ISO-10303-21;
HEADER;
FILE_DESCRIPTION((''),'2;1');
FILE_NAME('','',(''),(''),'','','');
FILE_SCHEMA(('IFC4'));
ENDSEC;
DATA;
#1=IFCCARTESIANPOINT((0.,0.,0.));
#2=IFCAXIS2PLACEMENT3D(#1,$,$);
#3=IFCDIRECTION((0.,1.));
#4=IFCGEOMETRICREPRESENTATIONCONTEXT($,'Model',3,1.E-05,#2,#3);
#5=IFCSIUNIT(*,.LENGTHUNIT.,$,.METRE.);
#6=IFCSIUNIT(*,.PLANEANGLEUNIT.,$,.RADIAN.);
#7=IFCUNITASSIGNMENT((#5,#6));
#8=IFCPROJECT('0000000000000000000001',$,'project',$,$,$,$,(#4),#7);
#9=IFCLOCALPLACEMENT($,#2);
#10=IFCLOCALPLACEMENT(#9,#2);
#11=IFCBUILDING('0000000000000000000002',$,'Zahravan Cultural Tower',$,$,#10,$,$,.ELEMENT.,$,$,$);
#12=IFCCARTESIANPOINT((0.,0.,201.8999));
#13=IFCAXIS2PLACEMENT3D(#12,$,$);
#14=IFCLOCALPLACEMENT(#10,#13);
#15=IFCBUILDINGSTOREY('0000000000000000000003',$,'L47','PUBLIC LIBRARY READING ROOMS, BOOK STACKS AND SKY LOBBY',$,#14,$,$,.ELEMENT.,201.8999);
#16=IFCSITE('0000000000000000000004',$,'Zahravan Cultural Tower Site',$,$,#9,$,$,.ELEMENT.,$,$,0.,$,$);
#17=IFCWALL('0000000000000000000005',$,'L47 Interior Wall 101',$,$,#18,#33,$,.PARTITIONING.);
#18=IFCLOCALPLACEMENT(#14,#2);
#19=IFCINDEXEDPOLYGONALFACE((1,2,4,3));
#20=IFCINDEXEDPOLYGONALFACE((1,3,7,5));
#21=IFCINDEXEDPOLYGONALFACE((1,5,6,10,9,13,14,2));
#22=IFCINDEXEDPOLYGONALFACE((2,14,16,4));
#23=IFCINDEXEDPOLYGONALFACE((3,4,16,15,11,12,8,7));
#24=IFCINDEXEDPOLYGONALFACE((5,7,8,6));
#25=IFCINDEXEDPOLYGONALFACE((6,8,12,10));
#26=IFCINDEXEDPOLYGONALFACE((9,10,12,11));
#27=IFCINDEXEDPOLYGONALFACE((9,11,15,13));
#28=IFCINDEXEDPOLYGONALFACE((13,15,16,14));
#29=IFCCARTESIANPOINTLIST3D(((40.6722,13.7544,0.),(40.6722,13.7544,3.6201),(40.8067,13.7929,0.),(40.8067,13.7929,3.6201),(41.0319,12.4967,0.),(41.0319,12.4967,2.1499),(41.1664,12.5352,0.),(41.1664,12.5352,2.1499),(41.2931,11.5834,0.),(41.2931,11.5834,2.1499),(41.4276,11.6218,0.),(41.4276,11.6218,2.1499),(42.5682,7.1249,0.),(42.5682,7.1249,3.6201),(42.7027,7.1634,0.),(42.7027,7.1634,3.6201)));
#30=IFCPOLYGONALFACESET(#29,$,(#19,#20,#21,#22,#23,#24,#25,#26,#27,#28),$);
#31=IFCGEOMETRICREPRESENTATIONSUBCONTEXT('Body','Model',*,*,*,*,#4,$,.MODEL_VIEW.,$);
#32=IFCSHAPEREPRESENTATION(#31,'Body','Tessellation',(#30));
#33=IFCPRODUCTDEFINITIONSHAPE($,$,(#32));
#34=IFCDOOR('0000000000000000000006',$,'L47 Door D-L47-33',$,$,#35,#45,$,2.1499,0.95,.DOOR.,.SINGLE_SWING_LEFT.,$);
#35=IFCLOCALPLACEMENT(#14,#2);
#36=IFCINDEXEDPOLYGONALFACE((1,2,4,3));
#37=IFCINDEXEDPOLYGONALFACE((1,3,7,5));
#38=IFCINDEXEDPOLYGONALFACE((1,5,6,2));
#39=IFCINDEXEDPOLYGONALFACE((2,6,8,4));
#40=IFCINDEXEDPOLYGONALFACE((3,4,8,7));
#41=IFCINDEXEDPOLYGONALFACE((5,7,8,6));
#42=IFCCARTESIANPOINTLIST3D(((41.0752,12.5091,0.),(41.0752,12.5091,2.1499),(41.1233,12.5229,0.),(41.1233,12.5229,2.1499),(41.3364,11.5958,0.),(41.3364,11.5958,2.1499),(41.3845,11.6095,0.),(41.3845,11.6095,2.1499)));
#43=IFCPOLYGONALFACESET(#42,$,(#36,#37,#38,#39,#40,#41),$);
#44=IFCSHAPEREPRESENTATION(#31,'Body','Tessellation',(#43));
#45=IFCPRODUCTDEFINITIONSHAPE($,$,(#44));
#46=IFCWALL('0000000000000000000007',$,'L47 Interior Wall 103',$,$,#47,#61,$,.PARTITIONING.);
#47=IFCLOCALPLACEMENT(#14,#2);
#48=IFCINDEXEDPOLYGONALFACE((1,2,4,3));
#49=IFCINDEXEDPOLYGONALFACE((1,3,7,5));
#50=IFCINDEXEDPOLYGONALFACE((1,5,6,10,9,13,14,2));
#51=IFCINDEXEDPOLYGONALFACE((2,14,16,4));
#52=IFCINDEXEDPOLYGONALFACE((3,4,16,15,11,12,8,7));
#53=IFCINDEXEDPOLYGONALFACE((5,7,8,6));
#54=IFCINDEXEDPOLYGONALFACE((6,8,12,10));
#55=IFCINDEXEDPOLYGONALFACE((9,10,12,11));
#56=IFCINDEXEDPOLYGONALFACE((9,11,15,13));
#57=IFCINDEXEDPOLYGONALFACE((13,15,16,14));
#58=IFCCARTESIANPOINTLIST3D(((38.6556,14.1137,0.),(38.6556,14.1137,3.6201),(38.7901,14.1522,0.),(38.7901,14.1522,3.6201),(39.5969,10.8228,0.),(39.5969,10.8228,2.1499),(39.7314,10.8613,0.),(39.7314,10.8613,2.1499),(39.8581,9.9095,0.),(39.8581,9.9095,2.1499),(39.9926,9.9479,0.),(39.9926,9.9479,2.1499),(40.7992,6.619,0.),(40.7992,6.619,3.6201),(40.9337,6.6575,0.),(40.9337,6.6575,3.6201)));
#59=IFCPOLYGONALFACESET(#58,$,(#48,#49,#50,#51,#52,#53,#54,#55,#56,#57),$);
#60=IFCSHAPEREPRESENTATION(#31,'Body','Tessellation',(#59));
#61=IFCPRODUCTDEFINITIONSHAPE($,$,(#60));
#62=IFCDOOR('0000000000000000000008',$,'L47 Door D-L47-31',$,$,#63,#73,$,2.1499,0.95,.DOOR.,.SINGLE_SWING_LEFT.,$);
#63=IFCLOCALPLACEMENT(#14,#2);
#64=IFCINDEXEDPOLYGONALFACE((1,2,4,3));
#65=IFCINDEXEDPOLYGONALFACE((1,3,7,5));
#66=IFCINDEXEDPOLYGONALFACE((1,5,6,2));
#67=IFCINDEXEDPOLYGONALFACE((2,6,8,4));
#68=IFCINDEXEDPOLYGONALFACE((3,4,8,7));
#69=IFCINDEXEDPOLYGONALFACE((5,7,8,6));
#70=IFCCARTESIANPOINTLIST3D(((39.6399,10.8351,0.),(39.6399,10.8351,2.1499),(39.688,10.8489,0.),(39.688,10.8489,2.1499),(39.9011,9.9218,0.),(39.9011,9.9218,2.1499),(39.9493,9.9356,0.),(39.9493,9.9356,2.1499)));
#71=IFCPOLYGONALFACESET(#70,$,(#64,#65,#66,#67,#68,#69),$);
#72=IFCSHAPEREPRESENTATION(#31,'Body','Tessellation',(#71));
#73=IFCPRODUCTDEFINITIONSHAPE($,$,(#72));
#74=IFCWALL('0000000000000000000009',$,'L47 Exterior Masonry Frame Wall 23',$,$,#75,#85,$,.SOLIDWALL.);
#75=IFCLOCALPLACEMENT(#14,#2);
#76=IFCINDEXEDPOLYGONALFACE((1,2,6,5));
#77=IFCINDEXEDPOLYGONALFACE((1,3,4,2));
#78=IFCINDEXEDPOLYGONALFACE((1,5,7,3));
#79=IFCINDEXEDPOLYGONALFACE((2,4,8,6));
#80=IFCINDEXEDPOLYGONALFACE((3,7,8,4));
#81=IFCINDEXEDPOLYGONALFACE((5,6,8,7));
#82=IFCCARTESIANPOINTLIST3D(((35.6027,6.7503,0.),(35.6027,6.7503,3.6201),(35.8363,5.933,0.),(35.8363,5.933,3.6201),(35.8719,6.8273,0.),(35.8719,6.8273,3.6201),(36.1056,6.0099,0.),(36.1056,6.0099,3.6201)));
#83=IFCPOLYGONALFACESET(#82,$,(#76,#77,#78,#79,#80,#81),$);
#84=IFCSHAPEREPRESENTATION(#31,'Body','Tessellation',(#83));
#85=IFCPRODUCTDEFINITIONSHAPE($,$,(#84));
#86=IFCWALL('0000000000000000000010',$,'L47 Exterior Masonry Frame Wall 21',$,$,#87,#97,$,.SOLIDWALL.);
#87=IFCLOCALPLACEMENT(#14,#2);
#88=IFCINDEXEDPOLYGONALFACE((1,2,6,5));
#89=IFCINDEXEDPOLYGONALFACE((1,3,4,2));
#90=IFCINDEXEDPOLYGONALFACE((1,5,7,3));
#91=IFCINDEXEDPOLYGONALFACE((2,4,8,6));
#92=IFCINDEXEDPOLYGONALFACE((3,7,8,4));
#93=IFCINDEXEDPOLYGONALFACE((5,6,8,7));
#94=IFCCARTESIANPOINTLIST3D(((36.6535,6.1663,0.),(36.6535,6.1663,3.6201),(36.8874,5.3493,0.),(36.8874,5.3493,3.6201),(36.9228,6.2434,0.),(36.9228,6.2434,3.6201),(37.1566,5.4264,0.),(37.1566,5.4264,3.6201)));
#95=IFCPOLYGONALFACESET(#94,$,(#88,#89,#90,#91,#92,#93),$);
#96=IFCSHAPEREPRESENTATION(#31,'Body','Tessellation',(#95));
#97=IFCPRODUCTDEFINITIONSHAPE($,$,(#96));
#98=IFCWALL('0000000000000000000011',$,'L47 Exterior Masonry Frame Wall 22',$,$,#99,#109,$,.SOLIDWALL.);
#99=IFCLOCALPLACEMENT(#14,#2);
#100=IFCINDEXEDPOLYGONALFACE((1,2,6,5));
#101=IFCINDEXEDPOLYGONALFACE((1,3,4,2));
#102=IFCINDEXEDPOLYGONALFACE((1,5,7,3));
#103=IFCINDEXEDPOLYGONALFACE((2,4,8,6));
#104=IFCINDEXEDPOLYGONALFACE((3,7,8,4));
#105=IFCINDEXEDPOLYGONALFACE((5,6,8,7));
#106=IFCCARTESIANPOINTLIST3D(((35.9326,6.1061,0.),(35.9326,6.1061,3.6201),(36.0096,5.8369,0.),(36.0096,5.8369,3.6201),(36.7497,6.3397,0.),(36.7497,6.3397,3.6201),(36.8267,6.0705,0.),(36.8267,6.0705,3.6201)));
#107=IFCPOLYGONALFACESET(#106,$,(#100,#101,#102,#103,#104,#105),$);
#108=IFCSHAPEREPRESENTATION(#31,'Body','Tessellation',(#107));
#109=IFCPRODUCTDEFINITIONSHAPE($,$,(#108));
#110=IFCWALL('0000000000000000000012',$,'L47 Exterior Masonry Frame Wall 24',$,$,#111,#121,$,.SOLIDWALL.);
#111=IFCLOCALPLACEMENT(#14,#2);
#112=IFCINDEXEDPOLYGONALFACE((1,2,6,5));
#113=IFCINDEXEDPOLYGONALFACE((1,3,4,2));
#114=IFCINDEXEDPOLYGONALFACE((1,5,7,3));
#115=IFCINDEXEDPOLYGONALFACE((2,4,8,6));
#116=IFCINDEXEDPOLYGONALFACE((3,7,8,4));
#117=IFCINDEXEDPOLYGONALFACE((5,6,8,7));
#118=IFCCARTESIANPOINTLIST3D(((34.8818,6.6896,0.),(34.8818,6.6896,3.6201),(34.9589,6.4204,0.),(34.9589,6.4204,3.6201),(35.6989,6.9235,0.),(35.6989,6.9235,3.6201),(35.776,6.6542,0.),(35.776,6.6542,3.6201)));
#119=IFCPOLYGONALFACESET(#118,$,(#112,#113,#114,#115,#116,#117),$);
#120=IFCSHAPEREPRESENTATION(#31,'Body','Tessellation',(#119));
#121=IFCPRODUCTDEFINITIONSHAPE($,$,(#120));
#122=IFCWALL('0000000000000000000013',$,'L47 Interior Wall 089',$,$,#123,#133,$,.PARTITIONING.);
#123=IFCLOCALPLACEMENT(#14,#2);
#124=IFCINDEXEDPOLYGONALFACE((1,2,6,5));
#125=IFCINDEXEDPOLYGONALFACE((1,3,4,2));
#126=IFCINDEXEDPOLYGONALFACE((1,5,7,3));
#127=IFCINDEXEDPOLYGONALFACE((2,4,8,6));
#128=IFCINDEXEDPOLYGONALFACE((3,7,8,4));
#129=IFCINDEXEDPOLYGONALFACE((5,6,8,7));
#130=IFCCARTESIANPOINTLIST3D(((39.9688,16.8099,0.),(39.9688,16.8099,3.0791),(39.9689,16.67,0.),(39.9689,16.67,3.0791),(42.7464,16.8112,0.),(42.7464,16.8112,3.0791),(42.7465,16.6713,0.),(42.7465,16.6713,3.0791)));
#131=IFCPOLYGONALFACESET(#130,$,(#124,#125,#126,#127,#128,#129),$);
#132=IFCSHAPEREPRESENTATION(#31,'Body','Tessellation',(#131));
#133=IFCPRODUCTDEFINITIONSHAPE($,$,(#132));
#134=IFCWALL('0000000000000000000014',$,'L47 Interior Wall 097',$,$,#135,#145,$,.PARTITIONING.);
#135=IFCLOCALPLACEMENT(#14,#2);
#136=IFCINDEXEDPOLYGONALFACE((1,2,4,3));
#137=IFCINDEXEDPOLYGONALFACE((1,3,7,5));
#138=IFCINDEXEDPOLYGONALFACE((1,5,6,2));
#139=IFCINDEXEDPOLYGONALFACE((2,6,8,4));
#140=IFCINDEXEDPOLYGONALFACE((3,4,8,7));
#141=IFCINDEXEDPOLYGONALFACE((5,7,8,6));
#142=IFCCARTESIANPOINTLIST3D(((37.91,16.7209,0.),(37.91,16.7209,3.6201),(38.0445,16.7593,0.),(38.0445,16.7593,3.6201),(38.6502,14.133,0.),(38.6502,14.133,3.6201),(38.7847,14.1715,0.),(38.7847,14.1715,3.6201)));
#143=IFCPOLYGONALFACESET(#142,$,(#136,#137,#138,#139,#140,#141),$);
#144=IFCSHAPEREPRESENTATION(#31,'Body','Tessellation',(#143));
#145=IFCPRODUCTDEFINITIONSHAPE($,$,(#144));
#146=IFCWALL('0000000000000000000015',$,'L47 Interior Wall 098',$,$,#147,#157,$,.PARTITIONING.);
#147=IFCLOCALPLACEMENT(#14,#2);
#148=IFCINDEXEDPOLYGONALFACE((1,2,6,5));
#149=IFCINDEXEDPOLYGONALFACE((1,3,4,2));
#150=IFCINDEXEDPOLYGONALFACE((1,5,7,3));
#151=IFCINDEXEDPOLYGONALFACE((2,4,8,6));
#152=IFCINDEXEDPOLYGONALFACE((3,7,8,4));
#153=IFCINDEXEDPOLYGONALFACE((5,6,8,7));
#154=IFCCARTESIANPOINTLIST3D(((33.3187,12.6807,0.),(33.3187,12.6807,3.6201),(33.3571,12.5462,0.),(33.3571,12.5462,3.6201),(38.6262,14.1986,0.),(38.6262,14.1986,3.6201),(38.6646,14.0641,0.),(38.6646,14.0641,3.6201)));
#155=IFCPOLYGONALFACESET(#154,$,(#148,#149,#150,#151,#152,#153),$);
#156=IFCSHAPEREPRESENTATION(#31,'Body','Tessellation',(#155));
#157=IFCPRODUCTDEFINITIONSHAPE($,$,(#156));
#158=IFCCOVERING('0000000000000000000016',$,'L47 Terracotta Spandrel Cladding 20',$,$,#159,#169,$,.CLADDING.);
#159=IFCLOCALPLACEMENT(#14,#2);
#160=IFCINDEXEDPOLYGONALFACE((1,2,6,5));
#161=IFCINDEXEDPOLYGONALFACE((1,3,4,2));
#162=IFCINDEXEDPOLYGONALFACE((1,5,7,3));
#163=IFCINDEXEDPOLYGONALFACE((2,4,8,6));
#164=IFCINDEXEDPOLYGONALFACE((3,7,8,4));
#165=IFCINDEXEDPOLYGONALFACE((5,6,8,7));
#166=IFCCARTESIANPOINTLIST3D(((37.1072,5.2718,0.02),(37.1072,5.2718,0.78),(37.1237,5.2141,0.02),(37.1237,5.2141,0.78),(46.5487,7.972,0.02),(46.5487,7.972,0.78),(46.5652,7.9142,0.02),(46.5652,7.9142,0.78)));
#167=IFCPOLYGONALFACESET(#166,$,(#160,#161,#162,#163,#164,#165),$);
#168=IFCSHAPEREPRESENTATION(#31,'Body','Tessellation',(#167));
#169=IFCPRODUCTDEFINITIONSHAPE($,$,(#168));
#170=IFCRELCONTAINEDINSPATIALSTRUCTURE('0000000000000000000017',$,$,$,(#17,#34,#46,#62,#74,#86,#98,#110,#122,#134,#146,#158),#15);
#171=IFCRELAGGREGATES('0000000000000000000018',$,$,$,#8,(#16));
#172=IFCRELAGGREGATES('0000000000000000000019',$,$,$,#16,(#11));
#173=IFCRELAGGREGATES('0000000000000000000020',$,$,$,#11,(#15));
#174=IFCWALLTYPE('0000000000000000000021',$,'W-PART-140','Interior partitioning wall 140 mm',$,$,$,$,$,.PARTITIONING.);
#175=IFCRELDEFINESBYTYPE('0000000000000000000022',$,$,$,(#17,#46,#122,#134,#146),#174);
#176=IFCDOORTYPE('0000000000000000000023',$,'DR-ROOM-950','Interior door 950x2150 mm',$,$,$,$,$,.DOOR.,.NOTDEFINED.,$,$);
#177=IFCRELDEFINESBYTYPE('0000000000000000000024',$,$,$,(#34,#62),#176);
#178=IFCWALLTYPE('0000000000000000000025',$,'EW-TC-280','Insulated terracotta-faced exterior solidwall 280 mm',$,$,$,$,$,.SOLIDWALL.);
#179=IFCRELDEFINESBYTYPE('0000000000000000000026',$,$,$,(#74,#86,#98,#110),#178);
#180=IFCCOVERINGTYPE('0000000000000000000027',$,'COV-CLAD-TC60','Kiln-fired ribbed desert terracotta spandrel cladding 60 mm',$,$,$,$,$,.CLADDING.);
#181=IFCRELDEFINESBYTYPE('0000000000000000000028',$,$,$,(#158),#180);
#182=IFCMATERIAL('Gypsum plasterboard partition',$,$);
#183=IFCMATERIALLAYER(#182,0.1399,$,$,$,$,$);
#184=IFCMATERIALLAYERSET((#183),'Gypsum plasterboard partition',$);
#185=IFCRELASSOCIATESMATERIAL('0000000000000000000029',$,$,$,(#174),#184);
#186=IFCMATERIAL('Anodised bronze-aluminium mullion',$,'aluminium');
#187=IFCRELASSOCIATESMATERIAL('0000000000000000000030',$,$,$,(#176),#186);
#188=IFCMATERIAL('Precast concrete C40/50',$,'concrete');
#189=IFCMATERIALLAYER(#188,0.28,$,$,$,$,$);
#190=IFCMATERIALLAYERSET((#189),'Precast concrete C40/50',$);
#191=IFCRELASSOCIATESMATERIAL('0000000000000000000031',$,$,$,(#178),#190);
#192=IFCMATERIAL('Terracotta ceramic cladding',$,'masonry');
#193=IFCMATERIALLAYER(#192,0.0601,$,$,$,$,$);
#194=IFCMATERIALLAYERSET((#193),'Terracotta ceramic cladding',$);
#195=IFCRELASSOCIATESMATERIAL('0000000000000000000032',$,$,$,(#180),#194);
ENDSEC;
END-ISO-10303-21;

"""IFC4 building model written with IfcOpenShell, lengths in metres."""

from ifc_helpers import new_model, si_unit, direction, frame, frame_2d, origin, origin_2d, place, context, subcontext, project, spatial, rectangle, extrude, source, transform, mapped, material, layer, layer_set, type_object, element, fill, save


model = new_model("IFC4")

# Units and contexts
model_context = context("Model", 3, precision=1e-05, world=origin(), true_north=direction((0.0, 1.0)))
body_context = subcontext(model_context, "Body", "Model", "MODEL_VIEW")
ifc_project = project(units=[si_unit("LENGTHUNIT", "METRE"), si_unit("PLANEANGLEUNIT", "RADIAN")], contexts=[model_context])

# Site, building, storey
site_placement = place(None, origin())
site = spatial("IfcSite", under=ifc_project, at=site_placement, Name="Zahravan Cultural Tower Site", CompositionType="ELEMENT", RefElevation=0.0)
building_placement = place(site_placement, origin())
building = spatial("IfcBuilding", under=site, at=building_placement, Name="Zahravan Cultural Tower", CompositionType="ELEMENT")
storey_placement = place(building_placement, frame((0.0, 0.0, 201.8999)))
storey = spatial("IfcBuildingStorey", under=building, at=storey_placement, Name="L47", Description="PUBLIC LIBRARY READING ROOMS, BOOK STACKS AND SKY LOBBY", CompositionType="ELEMENT", Elevation=201.8999)

# Walls, openings, doors
ifc_material_1 = material(Name="Gypsum plasterboard partition")
ifc_layer_1 = layer(ifc_material_1, 0.1399)
ifc_layer_set_1 = layer_set([ifc_layer_1], Name="Gypsum plasterboard partition")
wall_type_1 = type_object("IfcWallType", Name="W-PART-140", Description="Interior partitioning wall 140 mm", PredefinedType="PARTITIONING", material=ifc_layer_set_1)
ifc_material_2 = material(Name="Anodised bronze-aluminium mullion", Category="aluminium")
door_type_1 = type_object("IfcDoorType", Name="DR-ROOM-950", Description="Interior door 950x2150 mm", OperationType="NOTDEFINED", PredefinedType="DOOR", material=ifc_material_2)
shared_shape_1 = source(origin(), body_context, "Body", "SweptSolid", [
    extrude(rectangle(XDim=0.95, YDim=2.1499, at=frame_2d((0.4751, 1.075))), frame((0.0, 0.0249, 0.0), z_axis=(0.0, -1.0, 0.0), x_axis=(1.0, 0.0, 0.0)), (0.0, 0.0, 1.0), 0.05),
])
wall_1_placement = place(storey_placement, frame((42.6355, 7.144, 0.0), z_axis=(0.0, 0.0, 1.0), x_axis=(-0.274974, 0.961452, 0.0)))
wall_1 = element("IfcWall", 1, at=wall_1_placement, inside=storey, type_object=wall_type_1, Name="L47 Interior Wall 101", PredefinedType="PARTITIONING", context=body_context, shape_type="SweptSolid", body=[
    extrude(rectangle(XDim=6.8953, YDim=0.1399, at=frame_2d((3.4478, 0.0))), origin(), (0.0, 0.0, 1.0), 3.6201),
])
opening_1_placement = place(wall_1_placement, frame((4.6372, 0.0, 0.0)))
opening_1 = element("IfcOpeningElement", 2, at=opening_1_placement, cuts=wall_1, PredefinedType="OPENING", context=body_context, shape_type="SweptSolid", body=[
    extrude(rectangle(XDim=0.95, YDim=2.1499, at=frame_2d((0.4751, 1.075))), frame((0.0, 0.0798, 0.0), z_axis=(0.0, -1.0, 0.0), x_axis=(1.0, 0.0, 0.0)), (0.0, 0.0, 1.0), 0.1599),
])
door_1_placement = place(opening_1_placement, origin())
door_1 = element("IfcDoor", 3, at=door_1_placement, inside=storey, type_object=door_type_1, Name="L47 Door D-L47-33", OperationType="SINGLE_SWING_LEFT", OverallHeight=2.1499, OverallWidth=0.95, PredefinedType="DOOR", context=body_context, shape_type="MappedRepresentation", body=[
    mapped(shared_shape_1, transform((0.0, 0.0, 0.0), x_axis=(1.0, 0.0, 0.0), y_axis=(0.0, 1.0, 0.0), z_axis=(0.0, 0.0, 1.0), scale=1.0)),
])
fill(opening_1, door_1)
wall_2_placement = place(storey_placement, frame((38.7229, 14.1328, 0.0), z_axis=(0.0, 0.0, 1.0), x_axis=(0.274986, -0.961448, 0.0)))
wall_2 = element("IfcWall", 4, at=wall_2_placement, inside=storey, type_object=wall_type_1, Name="L47 Interior Wall 103", PredefinedType="PARTITIONING", context=body_context, shape_type="SweptSolid", body=[
    extrude(rectangle(XDim=7.7952, YDim=0.1399, at=frame_2d((3.8975, 0.0))), origin(), (0.0, 0.0, 1.0), 3.6201),
])
opening_2_placement = place(wall_2_placement, frame((3.4226, 0.0, 0.0)))
opening_2 = element("IfcOpeningElement", 5, at=opening_2_placement, cuts=wall_2, PredefinedType="OPENING", context=body_context, shape_type="SweptSolid", body=[
    extrude(rectangle(XDim=0.95, YDim=2.1499, at=frame_2d((0.4751, 1.075))), frame((0.0, 0.0798, 0.0), z_axis=(0.0, -1.0, 0.0), x_axis=(1.0, 0.0, 0.0)), (0.0, 0.0, 1.0), 0.1599),
])
door_2_placement = place(opening_2_placement, origin())
door_2 = element("IfcDoor", 6, at=door_2_placement, inside=storey, type_object=door_type_1, Name="L47 Door D-L47-31", OperationType="SINGLE_SWING_LEFT", OverallHeight=2.1499, OverallWidth=0.95, PredefinedType="DOOR", context=body_context, shape_type="MappedRepresentation", body=[
    mapped(shared_shape_1, transform((0.0, 0.0, 0.0), x_axis=(1.0, 0.0, 0.0), y_axis=(0.0, 1.0, 0.0), z_axis=(0.0, 0.0, 1.0), scale=1.0)),
])
fill(opening_2, door_2)

# Walls
ifc_material_3 = material(Name="Precast concrete C40/50", Category="concrete")
ifc_layer_2 = layer(ifc_material_3, 0.28)
ifc_layer_set_2 = layer_set([ifc_layer_2], Name="Precast concrete C40/50")
wall_type_2 = type_object("IfcWallType", Name="EW-TC-280", Description="Insulated terracotta-faced exterior solidwall 280 mm", PredefinedType="SOLIDWALL", material=ifc_layer_set_2)
shared_shape_2 = source(origin(), body_context, "Body", "SweptSolid", [
    extrude(rectangle(XDim=0.8501, YDim=0.28, at=frame_2d((0.425, 0.0))), origin(), (0.0, 0.0, 1.0), 3.6201),
])
wall_3_placement = place(storey_placement, frame((35.9709, 5.9714, 0.0), z_axis=(0.0, 0.0, 1.0), x_axis=(-0.274835, 0.961491, 0.0)))
element("IfcWall", 7, at=wall_3_placement, inside=storey, type_object=wall_type_2, Name="L47 Exterior Masonry Frame Wall 23", PredefinedType="SOLIDWALL", context=body_context, shape_type="MappedRepresentation", body=[
    mapped(shared_shape_2, transform((0.0, 0.0, 0.0), x_axis=(1.0, 0.0, 0.0), y_axis=(0.0, 1.0, 0.0), z_axis=(0.0, 0.0, 1.0), scale=1.0)),
])
shared_shape_3 = source(origin(), body_context, "Body", "SweptSolid", [
    extrude(rectangle(XDim=0.8499, YDim=0.28, at=frame_2d((0.4248, 0.0))), origin(), (0.0, 0.0, 1.0), 3.6201),
])
for number, where, z_axis, x_axis, name in (
    (8, (37.022, 5.3879, 0.0), (0.0, 0.0, 1.0), (-0.275176, 0.961394, 0.0), "L47 Exterior Masonry Frame Wall 21"),
    (9, (36.7881, 6.2051, 0.0), (0.0, 0.0, 1.0), (-0.96147, -0.274911, 0.0), "L47 Exterior Masonry Frame Wall 22"),
    (10, (35.7373, 6.7888, 0.0), (0.0, 0.0, 1.0), (-0.961394, -0.275176, 0.0), "L47 Exterior Masonry Frame Wall 24"),
):
    element("IfcWall", number, at=place(storey_placement, frame(where, z_axis=z_axis, x_axis=x_axis)), inside=storey, type_object=wall_type_2, Name=name, PredefinedType="SOLIDWALL", context=body_context, shape_type="MappedRepresentation", body=[
        mapped(shared_shape_3, transform((0.0, 0.0, 0.0), x_axis=(1.0, 0.0, 0.0), y_axis=(0.0, 1.0, 0.0), z_axis=(0.0, 0.0, 1.0), scale=1.0)),
    ])
shared_shape_4 = source(origin(), body_context, "Body", "SweptSolid", [
    extrude(rectangle(XDim=2.7776, YDim=0.1399, at=frame_2d((1.3887, 0.0))), origin(), (0.0, 0.0, 1.0), 3.0791),
])
wall_4_placement = place(storey_placement, frame((39.969, 16.74, 0.0), z_axis=(0.0, 0.0, 1.0), x_axis=(1.0, 0.000439, 0.0)))
element("IfcWall", 11, at=wall_4_placement, inside=storey, type_object=wall_type_1, Name="L47 Interior Wall 089", PredefinedType="PARTITIONING", context=body_context, shape_type="MappedRepresentation", body=[
    mapped(shared_shape_4, transform((0.0, 0.0, 0.0), x_axis=(1.0, 0.0, 0.0), y_axis=(0.0, 1.0, 0.0), z_axis=(0.0, 0.0, 1.0), scale=1.0)),
])
shared_shape_5 = source(origin(), body_context, "Body", "SweptSolid", [
    extrude(rectangle(XDim=2.6917, YDim=0.1399, at=frame_2d((1.3457, 0.0))), origin(), (0.0, 0.0, 1.0), 3.6201),
])
wall_5_placement = place(storey_placement, frame((37.9773, 16.74, 0.0), z_axis=(0.0, 0.0, 1.0), x_axis=(0.275009, -0.961442, 0.0)))
element("IfcWall", 12, at=wall_5_placement, inside=storey, type_object=wall_type_1, Name="L47 Interior Wall 097", PredefinedType="PARTITIONING", context=body_context, shape_type="MappedRepresentation", body=[
    mapped(shared_shape_5, transform((0.0, 0.0, 0.0), x_axis=(1.0, 0.0, 0.0), y_axis=(0.0, 1.0, 0.0), z_axis=(0.0, 0.0, 1.0), scale=1.0)),
])
shared_shape_6 = source(origin(), body_context, "Body", "SweptSolid", [
    extrude(rectangle(XDim=5.5203, YDim=0.1399, at=frame_2d((2.7603, 0.0))), origin(), (0.0, 0.0, 1.0), 3.6201),
])
wall_6_placement = place(storey_placement, frame((38.6455, 14.1313, 0.0), z_axis=(0.0, 0.0, 1.0), x_axis=(-0.961455, -0.274961, 0.0)))
element("IfcWall", 13, at=wall_6_placement, inside=storey, type_object=wall_type_1, Name="L47 Interior Wall 098", PredefinedType="PARTITIONING", context=body_context, shape_type="MappedRepresentation", body=[
    mapped(shared_shape_6, transform((0.0, 0.0, 0.0), x_axis=(1.0, 0.0, 0.0), y_axis=(0.0, 1.0, 0.0), z_axis=(0.0, 0.0, 1.0), scale=1.0)),
])

# Covering
ifc_material_4 = material(Name="Terracotta ceramic cladding", Category="masonry")
ifc_layer_3 = layer(ifc_material_4, 0.0601)
ifc_layer_set_3 = layer_set([ifc_layer_3], Name="Terracotta ceramic cladding")
covering_type = type_object("IfcCoveringType", Name="COV-CLAD-TC60", Description="Kiln-fired ribbed desert terracotta spandrel cladding 60 mm", PredefinedType="CLADDING", material=ifc_layer_set_3)
shared_shape_7 = source(origin(), body_context, "Body", "SweptSolid", [
    extrude(rectangle(XDim=9.8201, YDim=0.0601, at=origin_2d()), origin(), (0.0, 0.0, 1.0), 0.76),
])
covering_placement = place(storey_placement, frame((41.8362, 6.593, 0.02), z_axis=(0.0, 0.0, 1.0), x_axis=(-0.961454, -0.274966, 0.0)))
element("IfcCovering", 14, at=covering_placement, inside=storey, type_object=covering_type, Name="L47 Terracotta Spandrel Cladding 20", PredefinedType="CLADDING", context=body_context, shape_type="MappedRepresentation", body=[
    mapped(shared_shape_7, transform((0.0, 0.0, 0.0), x_axis=(1.0, 0.0, 0.0), y_axis=(0.0, 1.0, 0.0), z_axis=(0.0, 0.0, 1.0), scale=1.0)),
])

save(model, "model.ifc")
